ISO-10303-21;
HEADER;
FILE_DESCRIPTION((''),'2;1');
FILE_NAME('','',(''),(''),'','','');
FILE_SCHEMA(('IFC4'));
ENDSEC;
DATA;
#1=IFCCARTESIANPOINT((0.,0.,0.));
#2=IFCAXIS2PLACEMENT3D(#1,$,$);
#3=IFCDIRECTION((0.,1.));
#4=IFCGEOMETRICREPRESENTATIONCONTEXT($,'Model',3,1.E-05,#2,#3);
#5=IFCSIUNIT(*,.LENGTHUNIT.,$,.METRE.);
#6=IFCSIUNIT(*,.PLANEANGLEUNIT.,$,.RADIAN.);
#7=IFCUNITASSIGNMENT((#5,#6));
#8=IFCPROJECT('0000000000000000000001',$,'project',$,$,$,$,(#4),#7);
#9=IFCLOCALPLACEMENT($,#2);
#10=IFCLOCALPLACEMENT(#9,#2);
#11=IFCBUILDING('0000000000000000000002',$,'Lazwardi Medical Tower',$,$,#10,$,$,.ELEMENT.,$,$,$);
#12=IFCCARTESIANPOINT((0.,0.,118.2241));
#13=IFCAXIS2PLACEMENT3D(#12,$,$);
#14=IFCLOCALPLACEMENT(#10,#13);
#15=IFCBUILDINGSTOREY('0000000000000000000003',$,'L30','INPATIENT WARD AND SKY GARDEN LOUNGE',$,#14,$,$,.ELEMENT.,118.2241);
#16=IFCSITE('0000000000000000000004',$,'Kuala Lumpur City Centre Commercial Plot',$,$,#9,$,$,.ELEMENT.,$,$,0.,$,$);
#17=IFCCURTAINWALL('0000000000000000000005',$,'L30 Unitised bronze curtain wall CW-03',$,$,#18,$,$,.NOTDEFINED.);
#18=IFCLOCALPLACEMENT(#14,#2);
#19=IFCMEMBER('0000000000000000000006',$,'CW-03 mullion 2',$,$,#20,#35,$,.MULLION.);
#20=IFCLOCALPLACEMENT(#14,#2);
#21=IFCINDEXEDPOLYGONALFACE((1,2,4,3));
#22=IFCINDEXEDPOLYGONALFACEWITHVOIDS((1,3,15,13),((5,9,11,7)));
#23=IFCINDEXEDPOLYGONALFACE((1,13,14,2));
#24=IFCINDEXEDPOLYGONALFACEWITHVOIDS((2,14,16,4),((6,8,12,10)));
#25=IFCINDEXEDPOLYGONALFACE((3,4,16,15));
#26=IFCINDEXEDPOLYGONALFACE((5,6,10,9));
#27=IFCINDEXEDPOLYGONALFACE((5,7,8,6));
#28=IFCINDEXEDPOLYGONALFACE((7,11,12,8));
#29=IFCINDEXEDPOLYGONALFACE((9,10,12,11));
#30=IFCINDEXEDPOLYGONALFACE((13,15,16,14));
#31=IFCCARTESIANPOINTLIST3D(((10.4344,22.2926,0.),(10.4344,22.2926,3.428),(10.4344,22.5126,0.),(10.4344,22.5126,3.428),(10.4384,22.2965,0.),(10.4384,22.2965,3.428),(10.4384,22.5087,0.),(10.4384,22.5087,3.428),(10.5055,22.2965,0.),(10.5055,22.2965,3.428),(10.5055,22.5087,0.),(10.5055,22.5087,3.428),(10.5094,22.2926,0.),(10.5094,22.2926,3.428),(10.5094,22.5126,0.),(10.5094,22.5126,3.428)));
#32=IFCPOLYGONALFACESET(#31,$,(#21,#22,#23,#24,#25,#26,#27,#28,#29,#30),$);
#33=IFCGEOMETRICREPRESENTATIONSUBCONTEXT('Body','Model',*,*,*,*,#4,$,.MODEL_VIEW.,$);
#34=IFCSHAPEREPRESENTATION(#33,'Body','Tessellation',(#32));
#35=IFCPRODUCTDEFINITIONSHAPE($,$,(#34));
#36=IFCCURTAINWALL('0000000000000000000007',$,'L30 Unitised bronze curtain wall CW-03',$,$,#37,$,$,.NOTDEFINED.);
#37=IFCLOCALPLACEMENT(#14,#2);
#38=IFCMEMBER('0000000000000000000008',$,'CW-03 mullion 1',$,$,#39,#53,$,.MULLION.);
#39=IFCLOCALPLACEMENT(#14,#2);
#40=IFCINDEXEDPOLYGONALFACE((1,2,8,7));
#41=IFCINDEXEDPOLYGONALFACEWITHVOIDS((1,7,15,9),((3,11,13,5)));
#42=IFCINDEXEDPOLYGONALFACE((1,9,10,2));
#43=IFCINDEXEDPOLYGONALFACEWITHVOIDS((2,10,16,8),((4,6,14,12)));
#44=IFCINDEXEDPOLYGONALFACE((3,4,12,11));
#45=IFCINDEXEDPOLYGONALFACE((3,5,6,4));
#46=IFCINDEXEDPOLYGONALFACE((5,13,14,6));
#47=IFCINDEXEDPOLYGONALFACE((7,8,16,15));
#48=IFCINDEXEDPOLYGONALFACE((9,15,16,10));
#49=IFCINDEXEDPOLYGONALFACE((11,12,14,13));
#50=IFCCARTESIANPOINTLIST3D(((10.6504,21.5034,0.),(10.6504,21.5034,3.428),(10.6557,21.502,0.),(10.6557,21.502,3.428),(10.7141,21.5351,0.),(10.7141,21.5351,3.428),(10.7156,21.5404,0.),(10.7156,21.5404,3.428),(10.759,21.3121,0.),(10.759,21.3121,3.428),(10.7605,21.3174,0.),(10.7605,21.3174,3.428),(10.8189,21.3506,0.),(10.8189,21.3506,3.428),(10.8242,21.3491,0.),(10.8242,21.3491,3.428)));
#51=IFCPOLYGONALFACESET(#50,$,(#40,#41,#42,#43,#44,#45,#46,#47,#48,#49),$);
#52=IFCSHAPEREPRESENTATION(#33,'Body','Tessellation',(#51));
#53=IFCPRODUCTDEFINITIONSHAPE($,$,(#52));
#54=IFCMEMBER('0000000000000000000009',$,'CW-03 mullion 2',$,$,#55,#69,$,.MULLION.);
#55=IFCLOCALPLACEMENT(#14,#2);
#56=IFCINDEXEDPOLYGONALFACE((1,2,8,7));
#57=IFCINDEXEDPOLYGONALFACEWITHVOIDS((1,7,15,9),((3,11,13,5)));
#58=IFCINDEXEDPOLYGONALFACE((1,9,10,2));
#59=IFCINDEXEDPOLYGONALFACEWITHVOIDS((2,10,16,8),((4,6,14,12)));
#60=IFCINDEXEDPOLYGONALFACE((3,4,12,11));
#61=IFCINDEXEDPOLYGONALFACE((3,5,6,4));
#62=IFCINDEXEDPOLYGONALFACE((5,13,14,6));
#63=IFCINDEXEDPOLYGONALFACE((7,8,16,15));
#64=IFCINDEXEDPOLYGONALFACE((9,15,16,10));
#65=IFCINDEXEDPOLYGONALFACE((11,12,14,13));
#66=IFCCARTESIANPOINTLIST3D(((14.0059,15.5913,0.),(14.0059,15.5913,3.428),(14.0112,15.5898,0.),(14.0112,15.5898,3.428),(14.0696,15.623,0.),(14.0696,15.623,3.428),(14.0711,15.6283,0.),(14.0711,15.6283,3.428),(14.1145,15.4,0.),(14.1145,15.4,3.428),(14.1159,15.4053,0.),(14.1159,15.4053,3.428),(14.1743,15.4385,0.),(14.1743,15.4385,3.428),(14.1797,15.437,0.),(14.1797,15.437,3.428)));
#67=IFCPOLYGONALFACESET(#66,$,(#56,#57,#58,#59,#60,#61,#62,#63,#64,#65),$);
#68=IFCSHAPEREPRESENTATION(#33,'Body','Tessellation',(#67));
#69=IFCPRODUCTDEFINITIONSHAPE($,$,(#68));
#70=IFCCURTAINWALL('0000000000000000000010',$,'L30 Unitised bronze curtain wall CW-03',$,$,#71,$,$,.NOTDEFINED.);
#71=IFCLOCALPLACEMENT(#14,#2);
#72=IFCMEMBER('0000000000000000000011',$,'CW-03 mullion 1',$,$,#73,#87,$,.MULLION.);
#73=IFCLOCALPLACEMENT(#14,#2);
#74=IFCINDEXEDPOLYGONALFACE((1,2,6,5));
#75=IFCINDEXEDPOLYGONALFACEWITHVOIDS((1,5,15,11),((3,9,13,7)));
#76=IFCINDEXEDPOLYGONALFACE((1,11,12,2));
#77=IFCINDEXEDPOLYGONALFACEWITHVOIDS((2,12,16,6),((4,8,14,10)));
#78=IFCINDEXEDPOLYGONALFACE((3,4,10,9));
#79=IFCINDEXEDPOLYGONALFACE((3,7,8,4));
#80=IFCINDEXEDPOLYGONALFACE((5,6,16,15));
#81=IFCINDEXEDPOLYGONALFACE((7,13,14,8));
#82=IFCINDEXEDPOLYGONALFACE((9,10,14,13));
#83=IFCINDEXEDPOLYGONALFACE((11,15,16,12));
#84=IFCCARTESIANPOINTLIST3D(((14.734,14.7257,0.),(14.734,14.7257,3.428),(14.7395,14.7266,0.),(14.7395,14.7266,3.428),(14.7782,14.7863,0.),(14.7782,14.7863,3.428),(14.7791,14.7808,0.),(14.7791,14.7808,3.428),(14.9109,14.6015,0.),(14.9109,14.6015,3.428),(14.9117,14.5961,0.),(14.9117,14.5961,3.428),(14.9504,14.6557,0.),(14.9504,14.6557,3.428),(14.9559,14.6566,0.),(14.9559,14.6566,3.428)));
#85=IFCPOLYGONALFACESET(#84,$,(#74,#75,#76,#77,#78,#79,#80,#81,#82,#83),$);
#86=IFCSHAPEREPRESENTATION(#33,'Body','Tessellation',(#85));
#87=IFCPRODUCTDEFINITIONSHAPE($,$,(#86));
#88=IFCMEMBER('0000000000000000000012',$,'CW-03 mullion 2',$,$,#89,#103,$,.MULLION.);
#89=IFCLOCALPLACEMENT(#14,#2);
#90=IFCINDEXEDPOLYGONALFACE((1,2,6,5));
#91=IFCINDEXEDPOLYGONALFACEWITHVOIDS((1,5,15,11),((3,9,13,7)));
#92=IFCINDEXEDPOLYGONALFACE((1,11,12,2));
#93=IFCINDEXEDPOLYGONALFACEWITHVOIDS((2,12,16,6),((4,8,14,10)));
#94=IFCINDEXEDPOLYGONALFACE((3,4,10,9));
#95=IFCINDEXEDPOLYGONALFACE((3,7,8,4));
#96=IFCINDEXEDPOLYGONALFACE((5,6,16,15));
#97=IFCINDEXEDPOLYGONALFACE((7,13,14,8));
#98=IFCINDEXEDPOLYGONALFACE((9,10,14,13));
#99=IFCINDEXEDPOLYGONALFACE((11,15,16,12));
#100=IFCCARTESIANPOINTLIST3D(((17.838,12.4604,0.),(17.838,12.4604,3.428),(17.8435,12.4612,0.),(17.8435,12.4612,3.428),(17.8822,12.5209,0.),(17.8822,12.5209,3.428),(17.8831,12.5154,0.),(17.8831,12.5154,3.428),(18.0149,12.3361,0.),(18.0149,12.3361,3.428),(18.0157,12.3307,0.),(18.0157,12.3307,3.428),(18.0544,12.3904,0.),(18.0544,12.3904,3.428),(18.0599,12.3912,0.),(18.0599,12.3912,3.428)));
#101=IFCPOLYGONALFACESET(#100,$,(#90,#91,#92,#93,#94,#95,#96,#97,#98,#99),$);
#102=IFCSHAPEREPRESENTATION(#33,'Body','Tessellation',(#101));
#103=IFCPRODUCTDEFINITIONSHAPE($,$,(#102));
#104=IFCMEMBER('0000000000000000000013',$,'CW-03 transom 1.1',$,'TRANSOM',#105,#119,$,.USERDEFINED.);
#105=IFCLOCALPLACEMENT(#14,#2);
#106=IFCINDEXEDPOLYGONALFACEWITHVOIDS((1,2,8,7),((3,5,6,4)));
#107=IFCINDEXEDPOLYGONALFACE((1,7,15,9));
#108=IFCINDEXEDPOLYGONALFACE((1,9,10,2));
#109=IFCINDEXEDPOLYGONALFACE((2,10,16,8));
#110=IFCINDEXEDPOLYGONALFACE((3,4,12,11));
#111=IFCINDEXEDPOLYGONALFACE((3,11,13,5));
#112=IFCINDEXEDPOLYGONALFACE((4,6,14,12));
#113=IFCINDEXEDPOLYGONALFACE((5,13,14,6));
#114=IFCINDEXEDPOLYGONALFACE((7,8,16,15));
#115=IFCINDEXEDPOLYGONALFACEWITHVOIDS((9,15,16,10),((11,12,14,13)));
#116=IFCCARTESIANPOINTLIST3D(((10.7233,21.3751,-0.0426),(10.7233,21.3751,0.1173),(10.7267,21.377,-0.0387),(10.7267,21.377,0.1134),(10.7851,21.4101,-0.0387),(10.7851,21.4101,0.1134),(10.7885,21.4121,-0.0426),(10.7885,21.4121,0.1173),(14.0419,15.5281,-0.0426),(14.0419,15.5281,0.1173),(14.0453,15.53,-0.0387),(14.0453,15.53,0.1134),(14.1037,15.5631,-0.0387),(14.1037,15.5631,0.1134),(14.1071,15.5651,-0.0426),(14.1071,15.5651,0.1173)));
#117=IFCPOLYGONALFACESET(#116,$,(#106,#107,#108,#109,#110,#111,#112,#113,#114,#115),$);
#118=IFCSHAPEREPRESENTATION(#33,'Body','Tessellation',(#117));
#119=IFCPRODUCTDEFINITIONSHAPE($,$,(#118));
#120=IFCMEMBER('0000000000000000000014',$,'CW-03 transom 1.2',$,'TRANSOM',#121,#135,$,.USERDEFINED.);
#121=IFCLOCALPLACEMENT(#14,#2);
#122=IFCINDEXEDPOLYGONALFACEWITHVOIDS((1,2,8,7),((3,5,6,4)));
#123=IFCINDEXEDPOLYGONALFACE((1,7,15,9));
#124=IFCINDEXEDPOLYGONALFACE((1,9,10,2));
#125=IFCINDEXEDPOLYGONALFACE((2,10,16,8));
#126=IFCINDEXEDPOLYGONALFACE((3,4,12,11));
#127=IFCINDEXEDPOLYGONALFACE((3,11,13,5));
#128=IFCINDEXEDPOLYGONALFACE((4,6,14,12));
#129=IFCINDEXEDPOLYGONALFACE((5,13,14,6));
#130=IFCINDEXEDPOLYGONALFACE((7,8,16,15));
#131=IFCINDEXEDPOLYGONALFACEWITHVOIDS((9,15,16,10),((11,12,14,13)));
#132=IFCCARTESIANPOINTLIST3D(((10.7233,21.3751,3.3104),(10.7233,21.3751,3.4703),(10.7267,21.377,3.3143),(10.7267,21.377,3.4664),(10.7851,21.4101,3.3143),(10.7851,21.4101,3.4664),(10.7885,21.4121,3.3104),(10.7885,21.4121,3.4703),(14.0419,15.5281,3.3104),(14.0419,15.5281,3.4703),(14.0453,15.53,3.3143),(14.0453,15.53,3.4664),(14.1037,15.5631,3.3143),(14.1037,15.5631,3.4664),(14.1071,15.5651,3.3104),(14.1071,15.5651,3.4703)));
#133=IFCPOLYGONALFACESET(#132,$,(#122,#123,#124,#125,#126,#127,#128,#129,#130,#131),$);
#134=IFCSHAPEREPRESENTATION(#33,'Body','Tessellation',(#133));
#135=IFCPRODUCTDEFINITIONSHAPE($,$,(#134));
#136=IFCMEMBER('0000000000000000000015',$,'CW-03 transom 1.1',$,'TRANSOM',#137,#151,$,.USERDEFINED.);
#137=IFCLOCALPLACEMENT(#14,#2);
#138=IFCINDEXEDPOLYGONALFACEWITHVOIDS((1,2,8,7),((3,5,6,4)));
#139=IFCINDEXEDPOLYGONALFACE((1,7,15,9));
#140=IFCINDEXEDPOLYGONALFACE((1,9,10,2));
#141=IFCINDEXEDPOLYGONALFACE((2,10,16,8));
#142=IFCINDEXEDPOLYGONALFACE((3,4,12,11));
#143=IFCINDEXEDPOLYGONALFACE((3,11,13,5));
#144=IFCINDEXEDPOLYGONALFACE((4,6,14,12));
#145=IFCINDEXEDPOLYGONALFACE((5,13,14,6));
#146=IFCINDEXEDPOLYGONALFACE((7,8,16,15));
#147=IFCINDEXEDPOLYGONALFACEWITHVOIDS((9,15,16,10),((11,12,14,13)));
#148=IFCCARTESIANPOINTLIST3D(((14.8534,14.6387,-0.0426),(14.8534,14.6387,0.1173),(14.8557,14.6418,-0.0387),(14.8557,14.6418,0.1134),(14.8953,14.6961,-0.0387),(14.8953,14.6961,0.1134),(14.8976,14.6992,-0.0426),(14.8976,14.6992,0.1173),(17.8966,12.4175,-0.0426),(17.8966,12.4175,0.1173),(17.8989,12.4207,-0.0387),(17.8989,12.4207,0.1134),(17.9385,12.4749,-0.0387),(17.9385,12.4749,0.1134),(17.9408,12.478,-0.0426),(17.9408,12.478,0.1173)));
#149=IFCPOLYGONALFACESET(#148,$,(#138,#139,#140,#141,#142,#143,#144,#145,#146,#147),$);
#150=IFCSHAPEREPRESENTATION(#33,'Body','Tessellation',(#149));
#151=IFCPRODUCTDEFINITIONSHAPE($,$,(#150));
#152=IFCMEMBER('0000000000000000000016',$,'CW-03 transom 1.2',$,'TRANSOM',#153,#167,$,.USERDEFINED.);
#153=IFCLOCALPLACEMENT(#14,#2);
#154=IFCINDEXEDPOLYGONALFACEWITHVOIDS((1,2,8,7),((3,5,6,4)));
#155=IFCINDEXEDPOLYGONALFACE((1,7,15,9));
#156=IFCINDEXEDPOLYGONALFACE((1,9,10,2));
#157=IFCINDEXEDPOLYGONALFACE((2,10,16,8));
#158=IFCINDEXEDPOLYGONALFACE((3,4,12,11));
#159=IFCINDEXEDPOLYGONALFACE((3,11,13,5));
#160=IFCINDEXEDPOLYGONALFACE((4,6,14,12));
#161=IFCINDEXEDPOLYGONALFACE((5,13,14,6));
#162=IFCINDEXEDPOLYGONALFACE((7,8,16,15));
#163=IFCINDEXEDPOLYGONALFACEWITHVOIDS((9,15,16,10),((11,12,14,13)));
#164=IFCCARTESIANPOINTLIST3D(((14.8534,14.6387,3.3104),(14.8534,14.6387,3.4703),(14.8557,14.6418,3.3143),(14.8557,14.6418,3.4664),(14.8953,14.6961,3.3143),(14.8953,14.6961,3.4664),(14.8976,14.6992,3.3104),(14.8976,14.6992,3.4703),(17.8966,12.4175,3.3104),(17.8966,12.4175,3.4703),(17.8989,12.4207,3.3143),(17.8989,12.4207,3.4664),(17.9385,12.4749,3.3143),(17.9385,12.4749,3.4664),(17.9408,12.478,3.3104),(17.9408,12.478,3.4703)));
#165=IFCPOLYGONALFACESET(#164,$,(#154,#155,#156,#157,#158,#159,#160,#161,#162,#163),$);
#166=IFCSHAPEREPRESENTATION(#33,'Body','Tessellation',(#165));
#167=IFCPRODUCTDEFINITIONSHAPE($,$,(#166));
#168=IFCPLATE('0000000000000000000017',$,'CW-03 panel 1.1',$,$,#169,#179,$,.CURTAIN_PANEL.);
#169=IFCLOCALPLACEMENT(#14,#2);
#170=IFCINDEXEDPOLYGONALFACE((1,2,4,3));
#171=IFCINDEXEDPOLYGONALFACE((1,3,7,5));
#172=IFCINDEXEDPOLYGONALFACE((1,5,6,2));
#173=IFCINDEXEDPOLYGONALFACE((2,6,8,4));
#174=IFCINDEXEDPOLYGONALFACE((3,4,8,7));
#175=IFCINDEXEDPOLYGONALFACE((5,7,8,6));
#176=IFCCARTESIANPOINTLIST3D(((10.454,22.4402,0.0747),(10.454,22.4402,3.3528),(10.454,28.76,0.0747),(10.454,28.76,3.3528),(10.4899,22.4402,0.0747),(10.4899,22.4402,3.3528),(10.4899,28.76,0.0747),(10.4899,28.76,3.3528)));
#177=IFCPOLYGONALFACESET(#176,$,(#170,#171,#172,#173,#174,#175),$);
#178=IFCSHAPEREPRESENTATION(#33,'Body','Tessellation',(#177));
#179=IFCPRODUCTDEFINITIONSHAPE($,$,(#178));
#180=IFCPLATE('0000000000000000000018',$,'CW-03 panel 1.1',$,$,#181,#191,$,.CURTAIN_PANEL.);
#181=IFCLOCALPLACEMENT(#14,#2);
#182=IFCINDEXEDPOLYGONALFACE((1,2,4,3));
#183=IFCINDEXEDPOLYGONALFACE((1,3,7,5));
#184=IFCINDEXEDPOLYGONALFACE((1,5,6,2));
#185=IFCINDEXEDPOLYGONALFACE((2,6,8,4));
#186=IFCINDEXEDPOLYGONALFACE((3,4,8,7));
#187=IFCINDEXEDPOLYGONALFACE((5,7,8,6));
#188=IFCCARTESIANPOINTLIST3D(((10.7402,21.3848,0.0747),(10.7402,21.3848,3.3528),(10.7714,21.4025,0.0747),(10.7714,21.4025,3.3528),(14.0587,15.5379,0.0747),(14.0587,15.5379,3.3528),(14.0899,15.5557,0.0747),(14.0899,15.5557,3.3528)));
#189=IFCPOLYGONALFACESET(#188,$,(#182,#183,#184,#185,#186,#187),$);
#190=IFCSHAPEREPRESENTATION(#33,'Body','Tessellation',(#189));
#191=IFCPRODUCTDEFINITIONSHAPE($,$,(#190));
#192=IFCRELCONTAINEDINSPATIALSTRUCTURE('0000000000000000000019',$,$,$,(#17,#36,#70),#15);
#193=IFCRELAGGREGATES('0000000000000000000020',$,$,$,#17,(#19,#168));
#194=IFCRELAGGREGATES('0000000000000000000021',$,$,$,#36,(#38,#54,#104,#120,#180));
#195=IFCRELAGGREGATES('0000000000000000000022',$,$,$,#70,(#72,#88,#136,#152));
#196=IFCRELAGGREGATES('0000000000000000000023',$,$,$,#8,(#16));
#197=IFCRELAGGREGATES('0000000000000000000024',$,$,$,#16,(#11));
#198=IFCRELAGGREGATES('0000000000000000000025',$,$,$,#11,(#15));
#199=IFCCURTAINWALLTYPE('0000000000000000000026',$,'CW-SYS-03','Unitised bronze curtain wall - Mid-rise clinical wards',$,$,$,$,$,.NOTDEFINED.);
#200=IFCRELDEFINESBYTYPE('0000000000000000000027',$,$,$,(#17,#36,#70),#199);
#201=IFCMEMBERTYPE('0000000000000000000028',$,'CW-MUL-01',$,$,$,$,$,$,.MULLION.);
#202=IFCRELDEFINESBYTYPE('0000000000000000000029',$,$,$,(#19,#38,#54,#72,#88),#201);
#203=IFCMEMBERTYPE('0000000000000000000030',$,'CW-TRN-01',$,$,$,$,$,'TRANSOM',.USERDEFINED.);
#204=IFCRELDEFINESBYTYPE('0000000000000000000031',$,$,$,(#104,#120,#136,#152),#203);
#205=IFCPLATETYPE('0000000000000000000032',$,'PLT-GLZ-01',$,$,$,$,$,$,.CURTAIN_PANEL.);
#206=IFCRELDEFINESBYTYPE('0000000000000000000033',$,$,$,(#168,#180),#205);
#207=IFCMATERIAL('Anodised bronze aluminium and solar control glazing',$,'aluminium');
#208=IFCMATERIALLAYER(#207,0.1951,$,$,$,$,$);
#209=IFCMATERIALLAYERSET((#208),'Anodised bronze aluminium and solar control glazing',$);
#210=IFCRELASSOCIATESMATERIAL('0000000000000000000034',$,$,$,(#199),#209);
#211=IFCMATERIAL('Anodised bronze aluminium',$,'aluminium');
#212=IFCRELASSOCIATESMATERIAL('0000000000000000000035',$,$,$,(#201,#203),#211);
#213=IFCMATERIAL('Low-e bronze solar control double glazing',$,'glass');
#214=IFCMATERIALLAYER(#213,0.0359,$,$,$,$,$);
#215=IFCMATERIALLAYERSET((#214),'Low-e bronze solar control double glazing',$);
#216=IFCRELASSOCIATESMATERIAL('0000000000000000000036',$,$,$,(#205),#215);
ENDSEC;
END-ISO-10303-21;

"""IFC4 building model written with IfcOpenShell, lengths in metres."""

from ifc_helpers import new_model, si_unit, direction, frame, origin, origin_2d, place, context, subcontext, project, spatial, rectangle, hollow_rectangle, extrude, material, layer, layer_set, material_profile, profile_set, type_object, element, aggregate, save


model = new_model("IFC4")

# Units and contexts
model_context = context("Model", 3, precision=1e-05, world=origin(), true_north=direction((0.0, 1.0)))
body_context = subcontext(model_context, "Body", "Model", "MODEL_VIEW")
ifc_project = project(units=[si_unit("LENGTHUNIT", "METRE"), si_unit("PLANEANGLEUNIT", "RADIAN")], contexts=[model_context])

# Site, building, storey
site_placement = place(None, origin())
site = spatial("IfcSite", under=ifc_project, at=site_placement, Name="Kuala Lumpur City Centre Commercial Plot", CompositionType="ELEMENT", RefElevation=0.0)
building_placement = place(site_placement, origin())
building = spatial("IfcBuilding", under=site, at=building_placement, Name="Lazwardi Medical Tower", CompositionType="ELEMENT")
storey_placement = place(building_placement, frame((0.0, 0.0, 118.2241)))
storey = spatial("IfcBuildingStorey", under=building, at=storey_placement, Name="L30", Description="INPATIENT WARD AND SKY GARDEN LOUNGE", CompositionType="ELEMENT", Elevation=118.2241)

# Curtain wall, member
ifc_material_1 = material(Name="Anodised bronze aluminium and solar control glazing", Category="aluminium")
ifc_layer_1 = layer(ifc_material_1, 0.1951)
ifc_layer_set_1 = layer_set([ifc_layer_1], Name="Anodised bronze aluminium and solar control glazing")
curtain_wall_type = type_object("IfcCurtainWallType", Name="CW-SYS-03", Description="Unitised bronze curtain wall - Mid-rise clinical wards", PredefinedType="NOTDEFINED", material=ifc_layer_set_1)
curtain_wall_1_placement = place(storey_placement, origin())
curtain_wall_1 = element("IfcCurtainWall", 1, at=curtain_wall_1_placement, inside=storey, type_object=curtain_wall_type, Name="L30 Unitised bronze curtain wall CW-03", PredefinedType="NOTDEFINED")
ifc_material_2 = material(Name="Anodised bronze aluminium", Category="aluminium")
ifc_material_profile_1 = material_profile(ifc_material_2, hollow_rectangle(XDim=0.075, YDim=0.22, WallThickness=0.0039, at=origin_2d()), Name="ALU-MULLION 220x75x4")
ifc_profile_set_1 = profile_set([ifc_material_profile_1], Name="Anodised bronze aluminium")
member_type_1 = type_object("IfcMemberType", Name="CW-MUL-01", PredefinedType="MULLION", material=ifc_profile_set_1)
member_1_placement = place(storey_placement, frame((10.4719, 22.4026, 0.0), z_axis=(0.0, 0.0, 1.0), x_axis=(1.0, 0.0, 0.0)))
member_1 = element("IfcMember", 2, at=member_1_placement, type_object=member_type_1, Name="CW-03 mullion 2", PredefinedType="MULLION", context=body_context, shape_type="SweptSolid", body=[
    extrude(hollow_rectangle(XDim=0.075, YDim=0.22, WallThickness=0.0039, at=origin_2d()), origin(), (0.0, 0.0, 1.0), 3.428),
])

# Curtain walls, members
curtain_wall_2_placement = place(storey_placement, origin())
curtain_wall_2 = element("IfcCurtainWall", 3, at=curtain_wall_2_placement, inside=storey, type_object=curtain_wall_type, Name="L30 Unitised bronze curtain wall CW-03", PredefinedType="NOTDEFINED")
member_2_placement = place(storey_placement, frame((10.7373, 21.4263, 0.0), z_axis=(0.0, 0.0, 1.0), x_axis=(0.869687, 0.493603, 0.0)))
member_2 = element("IfcMember", 4, at=member_2_placement, type_object=member_type_1, Name="CW-03 mullion 1", PredefinedType="MULLION", context=body_context, shape_type="SweptSolid", body=[
    extrude(hollow_rectangle(XDim=0.075, YDim=0.22, WallThickness=0.0039, at=origin_2d()), origin(), (0.0, 0.0, 1.0), 3.428),
])
member_3_placement = place(storey_placement, frame((14.0928, 15.5142, 0.0), z_axis=(0.0, 0.0, 1.0), x_axis=(0.869687, 0.493603, 0.0)))
member_3 = element("IfcMember", 5, at=member_3_placement, type_object=member_type_1, Name="CW-03 mullion 2", PredefinedType="MULLION", context=body_context, shape_type="SweptSolid", body=[
    extrude(hollow_rectangle(XDim=0.075, YDim=0.22, WallThickness=0.0039, at=origin_2d()), origin(), (0.0, 0.0, 1.0), 3.428),
])
curtain_wall_3_placement = place(storey_placement, origin())
curtain_wall_3 = element("IfcCurtainWall", 6, at=curtain_wall_3_placement, inside=storey, type_object=curtain_wall_type, Name="L30 Unitised bronze curtain wall CW-03", PredefinedType="NOTDEFINED")
member_4_placement = place(storey_placement, frame((14.845, 14.6912, 0.0), z_axis=(0.0, 0.0, 1.0), x_axis=(0.589531, 0.807746, 0.0)))
member_4 = element("IfcMember", 7, at=member_4_placement, type_object=member_type_1, Name="CW-03 mullion 1", PredefinedType="MULLION", context=body_context, shape_type="SweptSolid", body=[
    extrude(hollow_rectangle(XDim=0.075, YDim=0.22, WallThickness=0.0039, at=origin_2d()), origin(), (0.0, 0.0, 1.0), 3.428),
])
member_5_placement = place(storey_placement, frame((17.949, 12.4258, 0.0), z_axis=(0.0, 0.0, 1.0), x_axis=(0.589531, 0.807746, 0.0)))
member_5 = element("IfcMember", 8, at=member_5_placement, type_object=member_type_1, Name="CW-03 mullion 2", PredefinedType="MULLION", context=body_context, shape_type="SweptSolid", body=[
    extrude(hollow_rectangle(XDim=0.075, YDim=0.22, WallThickness=0.0039, at=origin_2d()), origin(), (0.0, 0.0, 1.0), 3.428),
])

# Members
ifc_material_profile_2 = material_profile(ifc_material_2, hollow_rectangle(XDim=0.075, YDim=0.1599, WallThickness=0.0039, at=origin_2d()), Name="ALU-TRANSOM 160x75x4")
ifc_profile_set_2 = profile_set([ifc_material_profile_2], Name="Anodised bronze aluminium")
member_type_2 = type_object("IfcMemberType", Name="CW-TRN-01", ElementType="TRANSOM", PredefinedType="USERDEFINED", material=ifc_profile_set_2)
member_6_placement = place(storey_placement, frame((10.7559, 21.3936, 0.0374), z_axis=(0.493614, -0.869681, 0.0), x_axis=(0.869681, 0.493614, 0.0)))
member_6 = element("IfcMember", 9, at=member_6_placement, type_object=member_type_2, Name="CW-03 transom 1.1", ObjectType="TRANSOM", PredefinedType="USERDEFINED", context=body_context, shape_type="SweptSolid", body=[
    extrude(hollow_rectangle(XDim=0.075, YDim=0.1599, WallThickness=0.0039, at=origin_2d()), origin(), (0.0, 0.0, 1.0), 6.7231),
])
member_7_placement = place(storey_placement, frame((10.7559, 21.3936, 3.3904), z_axis=(0.493614, -0.869681, 0.0), x_axis=(0.869681, 0.493614, 0.0)))
member_7 = element("IfcMember", 10, at=member_7_placement, type_object=member_type_2, Name="CW-03 transom 1.2", ObjectType="TRANSOM", PredefinedType="USERDEFINED", context=body_context, shape_type="SweptSolid", body=[
    extrude(hollow_rectangle(XDim=0.075, YDim=0.1599, WallThickness=0.0039, at=origin_2d()), origin(), (0.0, 0.0, 1.0), 6.7231),
])
member_8_placement = place(storey_placement, frame((14.8755, 14.6689, 0.0374), z_axis=(0.807732, -0.58955, 0.0), x_axis=(0.58955, 0.807732, 0.0)))
member_8 = element("IfcMember", 11, at=member_8_placement, type_object=member_type_2, Name="CW-03 transom 1.1", ObjectType="TRANSOM", PredefinedType="USERDEFINED", context=body_context, shape_type="SweptSolid", body=[
    extrude(hollow_rectangle(XDim=0.075, YDim=0.1599, WallThickness=0.0039, at=origin_2d()), origin(), (0.0, 0.0, 1.0), 3.7676),
])
member_9_placement = place(storey_placement, frame((14.8755, 14.6689, 3.3904), z_axis=(0.807732, -0.58955, 0.0), x_axis=(0.58955, 0.807732, 0.0)))
member_9 = element("IfcMember", 12, at=member_9_placement, type_object=member_type_2, Name="CW-03 transom 1.2", ObjectType="TRANSOM", PredefinedType="USERDEFINED", context=body_context, shape_type="SweptSolid", body=[
    extrude(hollow_rectangle(XDim=0.075, YDim=0.1599, WallThickness=0.0039, at=origin_2d()), origin(), (0.0, 0.0, 1.0), 3.7676),
])

# Plates
ifc_material_3 = material(Name="Low-e bronze solar control double glazing", Category="glass")
ifc_layer_2 = layer(ifc_material_3, 0.0359)
ifc_layer_set_2 = layer_set([ifc_layer_2], Name="Low-e bronze solar control double glazing")
plate_type = type_object("IfcPlateType", Name="PLT-GLZ-01", PredefinedType="CURTAIN_PANEL", material=ifc_layer_set_2)
plate_1_placement = place(storey_placement, frame((10.4719, 25.6001, 0.0747), z_axis=(0.0, 0.0, 1.0), x_axis=(0.0, -1.0, 0.0)))
plate_1 = element("IfcPlate", 13, at=plate_1_placement, type_object=plate_type, Name="CW-03 panel 1.1", PredefinedType="CURTAIN_PANEL", context=body_context, shape_type="SweptSolid", body=[
    extrude(rectangle(XDim=6.3198, YDim=0.0359, at=origin_2d()), origin(), (0.0, 0.0, 1.0), 3.2781),
])
aggregate(curtain_wall_1, [member_1, plate_1])
plate_2_placement = place(storey_placement, frame((12.415, 18.4702, 0.0747), z_axis=(0.0, 0.0, 1.0), x_axis=(0.493603, -0.869687, 0.0)))
plate_2 = element("IfcPlate", 14, at=plate_2_placement, type_object=plate_type, Name="CW-03 panel 1.1", PredefinedType="CURTAIN_PANEL", context=body_context, shape_type="SweptSolid", body=[
    extrude(rectangle(XDim=6.7229, YDim=0.0359, at=origin_2d()), origin(), (0.0, 0.0, 1.0), 3.2781),
])
aggregate(curtain_wall_2, [member_2, member_3, member_6, member_7, plate_2])
aggregate(curtain_wall_3, [member_4, member_5, member_8, member_9])

save(model, "model.ifc")
